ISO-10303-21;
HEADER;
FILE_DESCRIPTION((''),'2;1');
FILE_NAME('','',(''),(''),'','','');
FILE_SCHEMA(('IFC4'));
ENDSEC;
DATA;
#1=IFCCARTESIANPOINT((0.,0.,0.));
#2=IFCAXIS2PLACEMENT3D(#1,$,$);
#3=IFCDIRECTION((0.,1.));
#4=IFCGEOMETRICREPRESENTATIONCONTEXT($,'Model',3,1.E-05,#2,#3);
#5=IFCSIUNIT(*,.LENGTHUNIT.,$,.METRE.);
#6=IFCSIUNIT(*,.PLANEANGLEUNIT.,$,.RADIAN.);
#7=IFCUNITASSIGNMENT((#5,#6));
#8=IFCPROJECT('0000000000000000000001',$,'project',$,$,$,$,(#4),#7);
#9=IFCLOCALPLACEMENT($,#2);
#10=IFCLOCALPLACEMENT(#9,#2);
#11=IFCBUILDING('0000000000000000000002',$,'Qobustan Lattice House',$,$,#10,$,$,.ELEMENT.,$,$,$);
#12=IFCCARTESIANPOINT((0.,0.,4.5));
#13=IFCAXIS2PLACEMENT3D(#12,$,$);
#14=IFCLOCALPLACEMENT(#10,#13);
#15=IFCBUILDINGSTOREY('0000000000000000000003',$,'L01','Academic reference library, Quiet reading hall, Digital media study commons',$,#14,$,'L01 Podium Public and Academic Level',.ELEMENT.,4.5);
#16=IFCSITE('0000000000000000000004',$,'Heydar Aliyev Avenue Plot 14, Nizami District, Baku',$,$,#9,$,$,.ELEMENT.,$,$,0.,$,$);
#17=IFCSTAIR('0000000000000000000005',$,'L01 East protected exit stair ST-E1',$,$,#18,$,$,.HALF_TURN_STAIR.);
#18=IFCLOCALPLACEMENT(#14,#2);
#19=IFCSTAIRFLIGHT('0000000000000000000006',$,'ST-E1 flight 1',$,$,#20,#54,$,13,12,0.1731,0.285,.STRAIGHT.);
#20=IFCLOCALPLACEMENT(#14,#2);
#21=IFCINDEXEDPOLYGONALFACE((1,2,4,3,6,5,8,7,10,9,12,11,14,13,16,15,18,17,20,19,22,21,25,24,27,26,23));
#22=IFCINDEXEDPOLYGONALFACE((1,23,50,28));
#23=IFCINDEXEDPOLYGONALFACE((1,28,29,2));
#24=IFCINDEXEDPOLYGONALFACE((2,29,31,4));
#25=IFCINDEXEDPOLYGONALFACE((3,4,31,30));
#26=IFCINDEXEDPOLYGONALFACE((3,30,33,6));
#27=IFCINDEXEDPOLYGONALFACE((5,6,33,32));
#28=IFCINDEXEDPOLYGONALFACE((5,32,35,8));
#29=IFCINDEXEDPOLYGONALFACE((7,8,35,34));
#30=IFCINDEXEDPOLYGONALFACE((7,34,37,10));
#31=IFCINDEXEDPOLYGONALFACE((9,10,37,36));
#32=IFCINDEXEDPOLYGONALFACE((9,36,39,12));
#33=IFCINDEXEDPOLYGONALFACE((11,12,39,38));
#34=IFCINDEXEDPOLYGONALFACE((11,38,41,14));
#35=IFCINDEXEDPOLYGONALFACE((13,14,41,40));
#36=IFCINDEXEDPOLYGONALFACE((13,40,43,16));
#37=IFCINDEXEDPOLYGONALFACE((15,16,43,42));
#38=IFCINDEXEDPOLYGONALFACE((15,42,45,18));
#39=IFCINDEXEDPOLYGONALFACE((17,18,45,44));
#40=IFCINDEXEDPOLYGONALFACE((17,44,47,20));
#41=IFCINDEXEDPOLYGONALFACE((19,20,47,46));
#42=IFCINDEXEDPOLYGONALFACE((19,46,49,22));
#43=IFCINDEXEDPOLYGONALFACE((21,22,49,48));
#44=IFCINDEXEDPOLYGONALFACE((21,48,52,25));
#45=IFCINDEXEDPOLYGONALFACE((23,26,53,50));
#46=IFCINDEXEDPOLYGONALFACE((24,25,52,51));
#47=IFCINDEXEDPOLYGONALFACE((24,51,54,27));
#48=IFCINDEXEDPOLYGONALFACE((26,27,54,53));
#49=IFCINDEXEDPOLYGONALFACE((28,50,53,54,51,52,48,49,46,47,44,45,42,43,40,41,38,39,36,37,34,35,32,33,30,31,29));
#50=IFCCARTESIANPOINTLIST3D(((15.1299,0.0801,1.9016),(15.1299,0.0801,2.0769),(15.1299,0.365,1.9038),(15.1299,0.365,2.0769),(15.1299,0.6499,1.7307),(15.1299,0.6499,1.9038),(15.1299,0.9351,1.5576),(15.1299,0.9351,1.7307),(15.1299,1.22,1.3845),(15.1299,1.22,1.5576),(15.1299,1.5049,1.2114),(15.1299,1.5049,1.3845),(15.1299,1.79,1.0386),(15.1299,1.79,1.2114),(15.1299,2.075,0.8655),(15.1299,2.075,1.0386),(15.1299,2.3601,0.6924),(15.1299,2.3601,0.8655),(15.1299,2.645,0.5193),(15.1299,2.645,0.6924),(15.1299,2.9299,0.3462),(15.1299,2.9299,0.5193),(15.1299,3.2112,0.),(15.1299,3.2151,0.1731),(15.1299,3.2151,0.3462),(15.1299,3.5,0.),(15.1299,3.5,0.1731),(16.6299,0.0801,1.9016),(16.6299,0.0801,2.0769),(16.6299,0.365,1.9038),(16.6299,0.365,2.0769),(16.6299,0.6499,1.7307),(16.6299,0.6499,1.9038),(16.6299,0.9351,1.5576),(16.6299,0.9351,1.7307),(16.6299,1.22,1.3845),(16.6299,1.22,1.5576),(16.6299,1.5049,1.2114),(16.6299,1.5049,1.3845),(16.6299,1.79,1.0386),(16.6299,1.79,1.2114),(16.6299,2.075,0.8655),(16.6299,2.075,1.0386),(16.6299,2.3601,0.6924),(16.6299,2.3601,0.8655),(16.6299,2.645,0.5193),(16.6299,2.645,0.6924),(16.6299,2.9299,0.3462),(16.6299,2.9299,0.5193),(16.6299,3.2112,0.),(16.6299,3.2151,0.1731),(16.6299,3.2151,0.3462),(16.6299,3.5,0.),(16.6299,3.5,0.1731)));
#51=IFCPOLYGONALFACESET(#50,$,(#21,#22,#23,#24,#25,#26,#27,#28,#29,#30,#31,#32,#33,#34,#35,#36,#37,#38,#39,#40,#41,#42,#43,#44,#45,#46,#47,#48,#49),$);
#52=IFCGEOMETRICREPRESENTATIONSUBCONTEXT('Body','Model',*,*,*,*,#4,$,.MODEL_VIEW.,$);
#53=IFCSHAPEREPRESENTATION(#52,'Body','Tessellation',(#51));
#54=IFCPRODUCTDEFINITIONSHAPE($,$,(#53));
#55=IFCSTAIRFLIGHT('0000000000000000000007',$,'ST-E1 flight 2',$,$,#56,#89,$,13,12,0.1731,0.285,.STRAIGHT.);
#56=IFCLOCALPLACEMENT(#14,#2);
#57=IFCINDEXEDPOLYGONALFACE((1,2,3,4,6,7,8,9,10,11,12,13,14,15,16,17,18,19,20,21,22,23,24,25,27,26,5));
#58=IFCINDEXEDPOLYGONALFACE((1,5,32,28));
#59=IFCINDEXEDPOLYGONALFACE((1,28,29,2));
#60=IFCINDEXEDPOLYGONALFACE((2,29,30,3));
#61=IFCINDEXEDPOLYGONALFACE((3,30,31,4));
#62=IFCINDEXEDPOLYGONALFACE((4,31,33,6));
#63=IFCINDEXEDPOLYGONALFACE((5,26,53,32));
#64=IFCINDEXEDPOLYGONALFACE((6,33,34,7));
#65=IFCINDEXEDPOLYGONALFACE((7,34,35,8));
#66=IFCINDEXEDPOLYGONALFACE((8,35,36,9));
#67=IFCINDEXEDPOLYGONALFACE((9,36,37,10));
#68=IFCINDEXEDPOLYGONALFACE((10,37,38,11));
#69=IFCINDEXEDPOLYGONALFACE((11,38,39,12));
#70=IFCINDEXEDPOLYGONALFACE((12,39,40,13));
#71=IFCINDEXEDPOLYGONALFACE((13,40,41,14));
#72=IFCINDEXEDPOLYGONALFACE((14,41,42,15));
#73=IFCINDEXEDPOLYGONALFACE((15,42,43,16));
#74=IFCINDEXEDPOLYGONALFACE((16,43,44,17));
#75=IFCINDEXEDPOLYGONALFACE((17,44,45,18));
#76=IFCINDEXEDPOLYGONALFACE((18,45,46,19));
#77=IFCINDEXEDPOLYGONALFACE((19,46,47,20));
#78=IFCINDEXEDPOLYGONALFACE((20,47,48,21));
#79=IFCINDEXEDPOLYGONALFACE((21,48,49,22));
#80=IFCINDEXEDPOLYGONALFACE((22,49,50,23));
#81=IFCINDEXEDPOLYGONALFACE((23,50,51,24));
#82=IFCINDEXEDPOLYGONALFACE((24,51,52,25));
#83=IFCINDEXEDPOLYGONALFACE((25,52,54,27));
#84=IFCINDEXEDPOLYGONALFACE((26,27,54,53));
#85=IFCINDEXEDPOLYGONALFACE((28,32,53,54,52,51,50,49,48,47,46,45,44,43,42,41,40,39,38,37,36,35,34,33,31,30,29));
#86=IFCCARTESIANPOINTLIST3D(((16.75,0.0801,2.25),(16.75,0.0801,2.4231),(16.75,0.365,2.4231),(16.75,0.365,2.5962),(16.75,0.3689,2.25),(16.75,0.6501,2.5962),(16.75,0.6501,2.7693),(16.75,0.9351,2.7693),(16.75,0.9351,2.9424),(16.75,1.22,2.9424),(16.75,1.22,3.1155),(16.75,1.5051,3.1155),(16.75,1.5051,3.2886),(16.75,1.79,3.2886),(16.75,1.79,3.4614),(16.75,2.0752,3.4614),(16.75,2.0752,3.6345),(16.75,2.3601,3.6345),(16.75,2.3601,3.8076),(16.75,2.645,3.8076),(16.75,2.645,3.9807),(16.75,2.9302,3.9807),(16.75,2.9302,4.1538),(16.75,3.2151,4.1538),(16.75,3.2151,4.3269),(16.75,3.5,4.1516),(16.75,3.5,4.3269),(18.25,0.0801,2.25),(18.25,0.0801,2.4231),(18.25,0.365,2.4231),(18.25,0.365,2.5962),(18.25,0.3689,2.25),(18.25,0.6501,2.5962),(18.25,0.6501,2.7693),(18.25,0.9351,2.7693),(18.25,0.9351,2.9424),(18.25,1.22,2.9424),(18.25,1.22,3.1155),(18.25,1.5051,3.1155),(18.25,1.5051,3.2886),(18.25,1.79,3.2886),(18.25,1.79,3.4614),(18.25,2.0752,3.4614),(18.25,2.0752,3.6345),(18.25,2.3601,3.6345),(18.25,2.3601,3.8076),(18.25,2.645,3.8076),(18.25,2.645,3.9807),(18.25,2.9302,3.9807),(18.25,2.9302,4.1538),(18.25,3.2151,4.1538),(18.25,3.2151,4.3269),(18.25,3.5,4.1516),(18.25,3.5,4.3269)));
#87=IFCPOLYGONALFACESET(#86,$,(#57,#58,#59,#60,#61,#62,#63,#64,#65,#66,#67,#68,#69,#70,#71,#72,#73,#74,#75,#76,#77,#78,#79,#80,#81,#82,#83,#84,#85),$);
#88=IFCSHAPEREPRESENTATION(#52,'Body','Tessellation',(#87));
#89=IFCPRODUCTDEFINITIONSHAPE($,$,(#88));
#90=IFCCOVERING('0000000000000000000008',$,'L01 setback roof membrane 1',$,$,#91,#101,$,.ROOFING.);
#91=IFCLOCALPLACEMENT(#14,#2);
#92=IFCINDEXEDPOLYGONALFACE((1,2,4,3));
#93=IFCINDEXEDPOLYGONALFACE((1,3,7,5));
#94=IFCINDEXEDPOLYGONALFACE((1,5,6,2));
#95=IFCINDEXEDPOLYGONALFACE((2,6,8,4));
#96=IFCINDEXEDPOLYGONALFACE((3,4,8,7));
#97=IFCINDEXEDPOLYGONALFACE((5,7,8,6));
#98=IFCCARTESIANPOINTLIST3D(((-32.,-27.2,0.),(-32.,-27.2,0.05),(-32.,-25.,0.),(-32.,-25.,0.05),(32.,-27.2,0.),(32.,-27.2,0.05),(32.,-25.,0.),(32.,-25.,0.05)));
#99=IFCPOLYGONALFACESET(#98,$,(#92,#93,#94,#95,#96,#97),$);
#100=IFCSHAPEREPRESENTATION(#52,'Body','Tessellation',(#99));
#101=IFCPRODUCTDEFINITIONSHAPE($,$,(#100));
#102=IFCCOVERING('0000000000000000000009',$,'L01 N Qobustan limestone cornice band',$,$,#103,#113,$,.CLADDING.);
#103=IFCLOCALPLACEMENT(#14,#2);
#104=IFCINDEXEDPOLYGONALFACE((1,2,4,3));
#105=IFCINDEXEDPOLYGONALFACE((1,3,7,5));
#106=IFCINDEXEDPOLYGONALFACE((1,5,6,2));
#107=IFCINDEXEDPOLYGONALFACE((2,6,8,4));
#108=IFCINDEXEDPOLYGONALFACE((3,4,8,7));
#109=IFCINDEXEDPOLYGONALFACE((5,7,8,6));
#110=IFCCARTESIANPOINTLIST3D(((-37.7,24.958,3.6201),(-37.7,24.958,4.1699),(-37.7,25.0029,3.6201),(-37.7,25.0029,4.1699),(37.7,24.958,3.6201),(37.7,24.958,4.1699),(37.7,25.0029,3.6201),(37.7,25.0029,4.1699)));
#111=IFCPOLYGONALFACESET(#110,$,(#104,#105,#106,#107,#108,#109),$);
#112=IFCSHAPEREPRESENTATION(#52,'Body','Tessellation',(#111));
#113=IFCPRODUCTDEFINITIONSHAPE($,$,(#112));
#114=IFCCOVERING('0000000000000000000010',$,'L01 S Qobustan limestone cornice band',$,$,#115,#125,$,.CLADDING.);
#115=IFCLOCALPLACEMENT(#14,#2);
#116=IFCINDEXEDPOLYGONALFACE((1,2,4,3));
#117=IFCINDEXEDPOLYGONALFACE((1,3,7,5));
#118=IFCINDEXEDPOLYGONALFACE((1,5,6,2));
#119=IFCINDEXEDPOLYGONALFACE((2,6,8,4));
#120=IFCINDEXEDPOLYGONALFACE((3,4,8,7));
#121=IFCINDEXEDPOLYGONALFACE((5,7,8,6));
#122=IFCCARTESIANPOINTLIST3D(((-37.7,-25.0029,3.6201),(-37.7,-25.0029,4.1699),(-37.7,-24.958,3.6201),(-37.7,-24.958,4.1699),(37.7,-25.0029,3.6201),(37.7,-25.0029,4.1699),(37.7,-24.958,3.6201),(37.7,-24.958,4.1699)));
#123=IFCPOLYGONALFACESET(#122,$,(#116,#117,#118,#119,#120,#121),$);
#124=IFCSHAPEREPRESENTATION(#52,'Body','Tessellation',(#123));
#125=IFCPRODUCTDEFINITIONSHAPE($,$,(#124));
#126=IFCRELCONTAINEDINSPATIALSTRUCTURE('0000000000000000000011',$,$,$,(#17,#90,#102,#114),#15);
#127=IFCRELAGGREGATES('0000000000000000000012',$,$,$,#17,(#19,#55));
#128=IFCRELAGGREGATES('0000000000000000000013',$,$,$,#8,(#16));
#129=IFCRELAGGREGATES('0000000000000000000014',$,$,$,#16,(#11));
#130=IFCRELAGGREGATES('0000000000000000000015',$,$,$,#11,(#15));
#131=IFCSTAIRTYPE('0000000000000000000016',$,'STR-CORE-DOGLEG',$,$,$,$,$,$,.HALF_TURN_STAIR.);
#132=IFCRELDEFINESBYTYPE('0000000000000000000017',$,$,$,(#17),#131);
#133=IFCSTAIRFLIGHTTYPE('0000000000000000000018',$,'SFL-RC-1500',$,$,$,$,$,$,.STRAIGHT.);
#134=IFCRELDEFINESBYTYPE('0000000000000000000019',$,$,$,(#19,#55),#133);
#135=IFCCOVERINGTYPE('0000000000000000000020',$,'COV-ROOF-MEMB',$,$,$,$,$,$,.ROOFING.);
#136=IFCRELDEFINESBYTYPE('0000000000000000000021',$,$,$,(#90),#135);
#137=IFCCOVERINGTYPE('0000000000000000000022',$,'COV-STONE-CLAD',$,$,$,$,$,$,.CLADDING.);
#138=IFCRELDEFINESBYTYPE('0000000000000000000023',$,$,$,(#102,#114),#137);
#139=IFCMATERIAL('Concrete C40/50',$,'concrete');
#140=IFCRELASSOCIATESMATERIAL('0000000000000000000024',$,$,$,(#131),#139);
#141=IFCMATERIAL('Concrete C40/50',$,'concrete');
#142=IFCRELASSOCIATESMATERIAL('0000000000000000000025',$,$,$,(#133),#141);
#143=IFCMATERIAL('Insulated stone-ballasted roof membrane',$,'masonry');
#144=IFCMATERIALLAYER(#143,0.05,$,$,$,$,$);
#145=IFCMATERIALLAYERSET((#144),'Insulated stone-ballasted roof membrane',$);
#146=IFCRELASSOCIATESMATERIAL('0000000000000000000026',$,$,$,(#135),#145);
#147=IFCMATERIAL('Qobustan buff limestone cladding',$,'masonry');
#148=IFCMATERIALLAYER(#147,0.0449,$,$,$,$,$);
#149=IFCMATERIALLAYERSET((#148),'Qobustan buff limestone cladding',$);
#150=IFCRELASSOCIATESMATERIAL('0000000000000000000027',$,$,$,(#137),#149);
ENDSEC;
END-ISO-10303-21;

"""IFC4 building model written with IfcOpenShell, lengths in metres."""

from ifc_helpers import new_model, si_unit, direction, frame, origin, place, context, subcontext, project, spatial, polyline, outline, extrude, material, layer, layer_set, type_object, element, aggregate, save


model = new_model("IFC4")

# Units and contexts
model_context = context("Model", 3, precision=1e-05, world=origin(), true_north=direction((0.0, 1.0)))
body_context = subcontext(model_context, "Body", "Model", "MODEL_VIEW")
ifc_project = project(units=[si_unit("LENGTHUNIT", "METRE"), si_unit("PLANEANGLEUNIT", "RADIAN")], contexts=[model_context])

# Site, building, storey
site_placement = place(None, origin())
site = spatial("IfcSite", under=ifc_project, at=site_placement, Name="Heydar Aliyev Avenue Plot 14, Nizami District, Baku", CompositionType="ELEMENT", RefElevation=0.0)
building_placement = place(site_placement, origin())
building = spatial("IfcBuilding", under=site, at=building_placement, Name="Qobustan Lattice House", CompositionType="ELEMENT")
storey_placement = place(building_placement, frame((0.0, 0.0, 4.5)))
storey = spatial("IfcBuildingStorey", under=building, at=storey_placement, Name="L01", Description="Academic reference library, Quiet reading hall, Digital media study commons", LongName="L01 Podium Public and Academic Level", CompositionType="ELEMENT", Elevation=4.5)

# Stair
ifc_material_1 = material(Name="Concrete C40/50", Category="concrete")
stair_type_1 = type_object("IfcStairType", Name="STR-CORE-DOGLEG", PredefinedType="HALF_TURN_STAIR", material=ifc_material_1)
stair_1_placement = place(storey_placement, origin())
stair_1 = element("IfcStair", 1, at=stair_1_placement, inside=storey, type_object=stair_type_1, Name="L01 East protected exit stair ST-E1", PredefinedType="HALF_TURN_STAIR")

# Stair flights
ifc_material_2 = material(Name="Concrete C40/50", Category="concrete")
stair_flight_type = type_object("IfcStairFlightType", Name="SFL-RC-1500", PredefinedType="STRAIGHT", material=ifc_material_2)
stair_flight_1_placement = place(storey_placement, frame((15.8799, 3.5, 0.0), z_axis=(0.0, 0.0, 1.0), x_axis=(0.0, -1.0, 0.0)))
stair_flight_1 = element("IfcStairFlight", 2, at=stair_flight_1_placement, type_object=stair_flight_type, Name="ST-E1 flight 1", NumberOfRisers=13, NumberOfTreads=12, PredefinedType="STRAIGHT", RiserHeight=0.1731, TreadLength=0.285, context=body_context, shape_type="SweptSolid", body=[
    extrude(outline(polyline([(0.0, 0.0), (0.0, 0.1731), (0.2849, 0.1731), (0.2849, 0.3462), (0.5701, 0.3462), (0.5701, 0.5193), (0.855, 0.5193), (0.855, 0.6924), (1.1399, 0.6924), (1.1399, 0.8655), (1.425, 0.8655), (1.425, 1.0386), (1.71, 1.0386), (1.71, 1.2114), (1.9951, 1.2114), (1.9951, 1.3845), (2.28, 1.3845), (2.28, 1.5576), (2.5649, 1.5576), (2.5649, 1.7307), (2.8501, 1.7307), (2.8501, 1.9038), (3.135, 1.9038), (3.135, 2.0769), (3.4199, 2.0769), (3.4199, 2.25), (3.4199, 1.9016), (0.2888, 0.0), (0.0, 0.0)])), frame((0.0, 0.75, 0.0), z_axis=(0.0, -1.0, 0.0), x_axis=(1.0, 0.0, 0.0)), (0.0, 0.0, 1.0), 1.5),
])
stair_flight_2_placement = place(storey_placement, frame((17.5, 0.0801, 2.25), z_axis=(0.0, 0.0, 1.0), x_axis=(0.0, 1.0, 0.0)))
stair_flight_2 = element("IfcStairFlight", 3, at=stair_flight_2_placement, type_object=stair_flight_type, Name="ST-E1 flight 2", NumberOfRisers=13, NumberOfTreads=12, PredefinedType="STRAIGHT", RiserHeight=0.1731, TreadLength=0.285, context=body_context, shape_type="SweptSolid", body=[
    extrude(outline(polyline([(0.0, 0.0), (0.0, 0.1731), (0.2849, 0.1731), (0.2849, 0.3462), (0.5701, 0.3462), (0.5701, 0.5193), (0.855, 0.5193), (0.855, 0.6924), (1.1399, 0.6924), (1.1399, 0.8655), (1.425, 0.8655), (1.425, 1.0386), (1.71, 1.0386), (1.71, 1.2114), (1.9951, 1.2114), (1.9951, 1.3845), (2.28, 1.3845), (2.28, 1.5576), (2.5649, 1.5576), (2.5649, 1.7307), (2.8501, 1.7307), (2.8501, 1.9038), (3.135, 1.9038), (3.135, 2.0769), (3.4199, 2.0769), (3.4199, 2.25), (3.4199, 1.9016), (0.2888, 0.0), (0.0, 0.0)])), frame((0.0, 0.75, 0.0), z_axis=(0.0, -1.0, 0.0), x_axis=(1.0, 0.0, 0.0)), (0.0, 0.0, 1.0), 1.5),
])
aggregate(stair_1, [stair_flight_1, stair_flight_2])

# Coverings
ifc_material_3 = material(Name="Insulated stone-ballasted roof membrane", Category="masonry")
ifc_layer_1 = layer(ifc_material_3, 0.05)
ifc_layer_set_1 = layer_set([ifc_layer_1], Name="Insulated stone-ballasted roof membrane")
covering_type_1 = type_object("IfcCoveringType", Name="COV-ROOF-MEMB", PredefinedType="ROOFING", material=ifc_layer_set_1)
covering_1_placement = place(storey_placement, origin())
element("IfcCovering", 4, at=covering_1_placement, inside=storey, type_object=covering_type_1, Name="L01 setback roof membrane 1", PredefinedType="ROOFING", context=body_context, shape_type="SweptSolid", body=[
    extrude(outline(polyline([(-32.0, -27.2), (32.0, -27.2), (32.0, -25.0), (-32.0, -25.0), (-32.0, -27.2)])), origin(), (0.0, 0.0, 1.0), 0.05),
])
ifc_material_4 = material(Name="Qobustan buff limestone cladding", Category="masonry")
ifc_layer_2 = layer(ifc_material_4, 0.0449)
ifc_layer_set_2 = layer_set([ifc_layer_2], Name="Qobustan buff limestone cladding")
covering_type_2 = type_object("IfcCoveringType", Name="COV-STONE-CLAD", PredefinedType="CLADDING", material=ifc_layer_set_2)
covering_2_placement = place(storey_placement, frame((0.0, 0.0, 3.6201)))
element("IfcCovering", 5, at=covering_2_placement, inside=storey, type_object=covering_type_2, Name="L01 N Qobustan limestone cornice band", PredefinedType="CLADDING", context=body_context, shape_type="SweptSolid", body=[
    extrude(outline(polyline([(-37.7, 24.958), (-37.7, 25.0029), (37.7, 25.0029), (37.7, 24.958), (-37.7, 24.958)])), origin(), (0.0, 0.0, 1.0), 0.5498),
])
covering_3_placement = place(storey_placement, frame((0.0, 0.0, 3.6201)))
element("IfcCovering", 6, at=covering_3_placement, inside=storey, type_object=covering_type_2, Name="L01 S Qobustan limestone cornice band", PredefinedType="CLADDING", context=body_context, shape_type="SweptSolid", body=[
    extrude(outline(polyline([(37.7, -24.958), (37.7, -25.0029), (-37.7, -25.0029), (-37.7, -24.958), (37.7, -24.958)])), origin(), (0.0, 0.0, 1.0), 0.5498),
])

save(model, "model.ifc")
